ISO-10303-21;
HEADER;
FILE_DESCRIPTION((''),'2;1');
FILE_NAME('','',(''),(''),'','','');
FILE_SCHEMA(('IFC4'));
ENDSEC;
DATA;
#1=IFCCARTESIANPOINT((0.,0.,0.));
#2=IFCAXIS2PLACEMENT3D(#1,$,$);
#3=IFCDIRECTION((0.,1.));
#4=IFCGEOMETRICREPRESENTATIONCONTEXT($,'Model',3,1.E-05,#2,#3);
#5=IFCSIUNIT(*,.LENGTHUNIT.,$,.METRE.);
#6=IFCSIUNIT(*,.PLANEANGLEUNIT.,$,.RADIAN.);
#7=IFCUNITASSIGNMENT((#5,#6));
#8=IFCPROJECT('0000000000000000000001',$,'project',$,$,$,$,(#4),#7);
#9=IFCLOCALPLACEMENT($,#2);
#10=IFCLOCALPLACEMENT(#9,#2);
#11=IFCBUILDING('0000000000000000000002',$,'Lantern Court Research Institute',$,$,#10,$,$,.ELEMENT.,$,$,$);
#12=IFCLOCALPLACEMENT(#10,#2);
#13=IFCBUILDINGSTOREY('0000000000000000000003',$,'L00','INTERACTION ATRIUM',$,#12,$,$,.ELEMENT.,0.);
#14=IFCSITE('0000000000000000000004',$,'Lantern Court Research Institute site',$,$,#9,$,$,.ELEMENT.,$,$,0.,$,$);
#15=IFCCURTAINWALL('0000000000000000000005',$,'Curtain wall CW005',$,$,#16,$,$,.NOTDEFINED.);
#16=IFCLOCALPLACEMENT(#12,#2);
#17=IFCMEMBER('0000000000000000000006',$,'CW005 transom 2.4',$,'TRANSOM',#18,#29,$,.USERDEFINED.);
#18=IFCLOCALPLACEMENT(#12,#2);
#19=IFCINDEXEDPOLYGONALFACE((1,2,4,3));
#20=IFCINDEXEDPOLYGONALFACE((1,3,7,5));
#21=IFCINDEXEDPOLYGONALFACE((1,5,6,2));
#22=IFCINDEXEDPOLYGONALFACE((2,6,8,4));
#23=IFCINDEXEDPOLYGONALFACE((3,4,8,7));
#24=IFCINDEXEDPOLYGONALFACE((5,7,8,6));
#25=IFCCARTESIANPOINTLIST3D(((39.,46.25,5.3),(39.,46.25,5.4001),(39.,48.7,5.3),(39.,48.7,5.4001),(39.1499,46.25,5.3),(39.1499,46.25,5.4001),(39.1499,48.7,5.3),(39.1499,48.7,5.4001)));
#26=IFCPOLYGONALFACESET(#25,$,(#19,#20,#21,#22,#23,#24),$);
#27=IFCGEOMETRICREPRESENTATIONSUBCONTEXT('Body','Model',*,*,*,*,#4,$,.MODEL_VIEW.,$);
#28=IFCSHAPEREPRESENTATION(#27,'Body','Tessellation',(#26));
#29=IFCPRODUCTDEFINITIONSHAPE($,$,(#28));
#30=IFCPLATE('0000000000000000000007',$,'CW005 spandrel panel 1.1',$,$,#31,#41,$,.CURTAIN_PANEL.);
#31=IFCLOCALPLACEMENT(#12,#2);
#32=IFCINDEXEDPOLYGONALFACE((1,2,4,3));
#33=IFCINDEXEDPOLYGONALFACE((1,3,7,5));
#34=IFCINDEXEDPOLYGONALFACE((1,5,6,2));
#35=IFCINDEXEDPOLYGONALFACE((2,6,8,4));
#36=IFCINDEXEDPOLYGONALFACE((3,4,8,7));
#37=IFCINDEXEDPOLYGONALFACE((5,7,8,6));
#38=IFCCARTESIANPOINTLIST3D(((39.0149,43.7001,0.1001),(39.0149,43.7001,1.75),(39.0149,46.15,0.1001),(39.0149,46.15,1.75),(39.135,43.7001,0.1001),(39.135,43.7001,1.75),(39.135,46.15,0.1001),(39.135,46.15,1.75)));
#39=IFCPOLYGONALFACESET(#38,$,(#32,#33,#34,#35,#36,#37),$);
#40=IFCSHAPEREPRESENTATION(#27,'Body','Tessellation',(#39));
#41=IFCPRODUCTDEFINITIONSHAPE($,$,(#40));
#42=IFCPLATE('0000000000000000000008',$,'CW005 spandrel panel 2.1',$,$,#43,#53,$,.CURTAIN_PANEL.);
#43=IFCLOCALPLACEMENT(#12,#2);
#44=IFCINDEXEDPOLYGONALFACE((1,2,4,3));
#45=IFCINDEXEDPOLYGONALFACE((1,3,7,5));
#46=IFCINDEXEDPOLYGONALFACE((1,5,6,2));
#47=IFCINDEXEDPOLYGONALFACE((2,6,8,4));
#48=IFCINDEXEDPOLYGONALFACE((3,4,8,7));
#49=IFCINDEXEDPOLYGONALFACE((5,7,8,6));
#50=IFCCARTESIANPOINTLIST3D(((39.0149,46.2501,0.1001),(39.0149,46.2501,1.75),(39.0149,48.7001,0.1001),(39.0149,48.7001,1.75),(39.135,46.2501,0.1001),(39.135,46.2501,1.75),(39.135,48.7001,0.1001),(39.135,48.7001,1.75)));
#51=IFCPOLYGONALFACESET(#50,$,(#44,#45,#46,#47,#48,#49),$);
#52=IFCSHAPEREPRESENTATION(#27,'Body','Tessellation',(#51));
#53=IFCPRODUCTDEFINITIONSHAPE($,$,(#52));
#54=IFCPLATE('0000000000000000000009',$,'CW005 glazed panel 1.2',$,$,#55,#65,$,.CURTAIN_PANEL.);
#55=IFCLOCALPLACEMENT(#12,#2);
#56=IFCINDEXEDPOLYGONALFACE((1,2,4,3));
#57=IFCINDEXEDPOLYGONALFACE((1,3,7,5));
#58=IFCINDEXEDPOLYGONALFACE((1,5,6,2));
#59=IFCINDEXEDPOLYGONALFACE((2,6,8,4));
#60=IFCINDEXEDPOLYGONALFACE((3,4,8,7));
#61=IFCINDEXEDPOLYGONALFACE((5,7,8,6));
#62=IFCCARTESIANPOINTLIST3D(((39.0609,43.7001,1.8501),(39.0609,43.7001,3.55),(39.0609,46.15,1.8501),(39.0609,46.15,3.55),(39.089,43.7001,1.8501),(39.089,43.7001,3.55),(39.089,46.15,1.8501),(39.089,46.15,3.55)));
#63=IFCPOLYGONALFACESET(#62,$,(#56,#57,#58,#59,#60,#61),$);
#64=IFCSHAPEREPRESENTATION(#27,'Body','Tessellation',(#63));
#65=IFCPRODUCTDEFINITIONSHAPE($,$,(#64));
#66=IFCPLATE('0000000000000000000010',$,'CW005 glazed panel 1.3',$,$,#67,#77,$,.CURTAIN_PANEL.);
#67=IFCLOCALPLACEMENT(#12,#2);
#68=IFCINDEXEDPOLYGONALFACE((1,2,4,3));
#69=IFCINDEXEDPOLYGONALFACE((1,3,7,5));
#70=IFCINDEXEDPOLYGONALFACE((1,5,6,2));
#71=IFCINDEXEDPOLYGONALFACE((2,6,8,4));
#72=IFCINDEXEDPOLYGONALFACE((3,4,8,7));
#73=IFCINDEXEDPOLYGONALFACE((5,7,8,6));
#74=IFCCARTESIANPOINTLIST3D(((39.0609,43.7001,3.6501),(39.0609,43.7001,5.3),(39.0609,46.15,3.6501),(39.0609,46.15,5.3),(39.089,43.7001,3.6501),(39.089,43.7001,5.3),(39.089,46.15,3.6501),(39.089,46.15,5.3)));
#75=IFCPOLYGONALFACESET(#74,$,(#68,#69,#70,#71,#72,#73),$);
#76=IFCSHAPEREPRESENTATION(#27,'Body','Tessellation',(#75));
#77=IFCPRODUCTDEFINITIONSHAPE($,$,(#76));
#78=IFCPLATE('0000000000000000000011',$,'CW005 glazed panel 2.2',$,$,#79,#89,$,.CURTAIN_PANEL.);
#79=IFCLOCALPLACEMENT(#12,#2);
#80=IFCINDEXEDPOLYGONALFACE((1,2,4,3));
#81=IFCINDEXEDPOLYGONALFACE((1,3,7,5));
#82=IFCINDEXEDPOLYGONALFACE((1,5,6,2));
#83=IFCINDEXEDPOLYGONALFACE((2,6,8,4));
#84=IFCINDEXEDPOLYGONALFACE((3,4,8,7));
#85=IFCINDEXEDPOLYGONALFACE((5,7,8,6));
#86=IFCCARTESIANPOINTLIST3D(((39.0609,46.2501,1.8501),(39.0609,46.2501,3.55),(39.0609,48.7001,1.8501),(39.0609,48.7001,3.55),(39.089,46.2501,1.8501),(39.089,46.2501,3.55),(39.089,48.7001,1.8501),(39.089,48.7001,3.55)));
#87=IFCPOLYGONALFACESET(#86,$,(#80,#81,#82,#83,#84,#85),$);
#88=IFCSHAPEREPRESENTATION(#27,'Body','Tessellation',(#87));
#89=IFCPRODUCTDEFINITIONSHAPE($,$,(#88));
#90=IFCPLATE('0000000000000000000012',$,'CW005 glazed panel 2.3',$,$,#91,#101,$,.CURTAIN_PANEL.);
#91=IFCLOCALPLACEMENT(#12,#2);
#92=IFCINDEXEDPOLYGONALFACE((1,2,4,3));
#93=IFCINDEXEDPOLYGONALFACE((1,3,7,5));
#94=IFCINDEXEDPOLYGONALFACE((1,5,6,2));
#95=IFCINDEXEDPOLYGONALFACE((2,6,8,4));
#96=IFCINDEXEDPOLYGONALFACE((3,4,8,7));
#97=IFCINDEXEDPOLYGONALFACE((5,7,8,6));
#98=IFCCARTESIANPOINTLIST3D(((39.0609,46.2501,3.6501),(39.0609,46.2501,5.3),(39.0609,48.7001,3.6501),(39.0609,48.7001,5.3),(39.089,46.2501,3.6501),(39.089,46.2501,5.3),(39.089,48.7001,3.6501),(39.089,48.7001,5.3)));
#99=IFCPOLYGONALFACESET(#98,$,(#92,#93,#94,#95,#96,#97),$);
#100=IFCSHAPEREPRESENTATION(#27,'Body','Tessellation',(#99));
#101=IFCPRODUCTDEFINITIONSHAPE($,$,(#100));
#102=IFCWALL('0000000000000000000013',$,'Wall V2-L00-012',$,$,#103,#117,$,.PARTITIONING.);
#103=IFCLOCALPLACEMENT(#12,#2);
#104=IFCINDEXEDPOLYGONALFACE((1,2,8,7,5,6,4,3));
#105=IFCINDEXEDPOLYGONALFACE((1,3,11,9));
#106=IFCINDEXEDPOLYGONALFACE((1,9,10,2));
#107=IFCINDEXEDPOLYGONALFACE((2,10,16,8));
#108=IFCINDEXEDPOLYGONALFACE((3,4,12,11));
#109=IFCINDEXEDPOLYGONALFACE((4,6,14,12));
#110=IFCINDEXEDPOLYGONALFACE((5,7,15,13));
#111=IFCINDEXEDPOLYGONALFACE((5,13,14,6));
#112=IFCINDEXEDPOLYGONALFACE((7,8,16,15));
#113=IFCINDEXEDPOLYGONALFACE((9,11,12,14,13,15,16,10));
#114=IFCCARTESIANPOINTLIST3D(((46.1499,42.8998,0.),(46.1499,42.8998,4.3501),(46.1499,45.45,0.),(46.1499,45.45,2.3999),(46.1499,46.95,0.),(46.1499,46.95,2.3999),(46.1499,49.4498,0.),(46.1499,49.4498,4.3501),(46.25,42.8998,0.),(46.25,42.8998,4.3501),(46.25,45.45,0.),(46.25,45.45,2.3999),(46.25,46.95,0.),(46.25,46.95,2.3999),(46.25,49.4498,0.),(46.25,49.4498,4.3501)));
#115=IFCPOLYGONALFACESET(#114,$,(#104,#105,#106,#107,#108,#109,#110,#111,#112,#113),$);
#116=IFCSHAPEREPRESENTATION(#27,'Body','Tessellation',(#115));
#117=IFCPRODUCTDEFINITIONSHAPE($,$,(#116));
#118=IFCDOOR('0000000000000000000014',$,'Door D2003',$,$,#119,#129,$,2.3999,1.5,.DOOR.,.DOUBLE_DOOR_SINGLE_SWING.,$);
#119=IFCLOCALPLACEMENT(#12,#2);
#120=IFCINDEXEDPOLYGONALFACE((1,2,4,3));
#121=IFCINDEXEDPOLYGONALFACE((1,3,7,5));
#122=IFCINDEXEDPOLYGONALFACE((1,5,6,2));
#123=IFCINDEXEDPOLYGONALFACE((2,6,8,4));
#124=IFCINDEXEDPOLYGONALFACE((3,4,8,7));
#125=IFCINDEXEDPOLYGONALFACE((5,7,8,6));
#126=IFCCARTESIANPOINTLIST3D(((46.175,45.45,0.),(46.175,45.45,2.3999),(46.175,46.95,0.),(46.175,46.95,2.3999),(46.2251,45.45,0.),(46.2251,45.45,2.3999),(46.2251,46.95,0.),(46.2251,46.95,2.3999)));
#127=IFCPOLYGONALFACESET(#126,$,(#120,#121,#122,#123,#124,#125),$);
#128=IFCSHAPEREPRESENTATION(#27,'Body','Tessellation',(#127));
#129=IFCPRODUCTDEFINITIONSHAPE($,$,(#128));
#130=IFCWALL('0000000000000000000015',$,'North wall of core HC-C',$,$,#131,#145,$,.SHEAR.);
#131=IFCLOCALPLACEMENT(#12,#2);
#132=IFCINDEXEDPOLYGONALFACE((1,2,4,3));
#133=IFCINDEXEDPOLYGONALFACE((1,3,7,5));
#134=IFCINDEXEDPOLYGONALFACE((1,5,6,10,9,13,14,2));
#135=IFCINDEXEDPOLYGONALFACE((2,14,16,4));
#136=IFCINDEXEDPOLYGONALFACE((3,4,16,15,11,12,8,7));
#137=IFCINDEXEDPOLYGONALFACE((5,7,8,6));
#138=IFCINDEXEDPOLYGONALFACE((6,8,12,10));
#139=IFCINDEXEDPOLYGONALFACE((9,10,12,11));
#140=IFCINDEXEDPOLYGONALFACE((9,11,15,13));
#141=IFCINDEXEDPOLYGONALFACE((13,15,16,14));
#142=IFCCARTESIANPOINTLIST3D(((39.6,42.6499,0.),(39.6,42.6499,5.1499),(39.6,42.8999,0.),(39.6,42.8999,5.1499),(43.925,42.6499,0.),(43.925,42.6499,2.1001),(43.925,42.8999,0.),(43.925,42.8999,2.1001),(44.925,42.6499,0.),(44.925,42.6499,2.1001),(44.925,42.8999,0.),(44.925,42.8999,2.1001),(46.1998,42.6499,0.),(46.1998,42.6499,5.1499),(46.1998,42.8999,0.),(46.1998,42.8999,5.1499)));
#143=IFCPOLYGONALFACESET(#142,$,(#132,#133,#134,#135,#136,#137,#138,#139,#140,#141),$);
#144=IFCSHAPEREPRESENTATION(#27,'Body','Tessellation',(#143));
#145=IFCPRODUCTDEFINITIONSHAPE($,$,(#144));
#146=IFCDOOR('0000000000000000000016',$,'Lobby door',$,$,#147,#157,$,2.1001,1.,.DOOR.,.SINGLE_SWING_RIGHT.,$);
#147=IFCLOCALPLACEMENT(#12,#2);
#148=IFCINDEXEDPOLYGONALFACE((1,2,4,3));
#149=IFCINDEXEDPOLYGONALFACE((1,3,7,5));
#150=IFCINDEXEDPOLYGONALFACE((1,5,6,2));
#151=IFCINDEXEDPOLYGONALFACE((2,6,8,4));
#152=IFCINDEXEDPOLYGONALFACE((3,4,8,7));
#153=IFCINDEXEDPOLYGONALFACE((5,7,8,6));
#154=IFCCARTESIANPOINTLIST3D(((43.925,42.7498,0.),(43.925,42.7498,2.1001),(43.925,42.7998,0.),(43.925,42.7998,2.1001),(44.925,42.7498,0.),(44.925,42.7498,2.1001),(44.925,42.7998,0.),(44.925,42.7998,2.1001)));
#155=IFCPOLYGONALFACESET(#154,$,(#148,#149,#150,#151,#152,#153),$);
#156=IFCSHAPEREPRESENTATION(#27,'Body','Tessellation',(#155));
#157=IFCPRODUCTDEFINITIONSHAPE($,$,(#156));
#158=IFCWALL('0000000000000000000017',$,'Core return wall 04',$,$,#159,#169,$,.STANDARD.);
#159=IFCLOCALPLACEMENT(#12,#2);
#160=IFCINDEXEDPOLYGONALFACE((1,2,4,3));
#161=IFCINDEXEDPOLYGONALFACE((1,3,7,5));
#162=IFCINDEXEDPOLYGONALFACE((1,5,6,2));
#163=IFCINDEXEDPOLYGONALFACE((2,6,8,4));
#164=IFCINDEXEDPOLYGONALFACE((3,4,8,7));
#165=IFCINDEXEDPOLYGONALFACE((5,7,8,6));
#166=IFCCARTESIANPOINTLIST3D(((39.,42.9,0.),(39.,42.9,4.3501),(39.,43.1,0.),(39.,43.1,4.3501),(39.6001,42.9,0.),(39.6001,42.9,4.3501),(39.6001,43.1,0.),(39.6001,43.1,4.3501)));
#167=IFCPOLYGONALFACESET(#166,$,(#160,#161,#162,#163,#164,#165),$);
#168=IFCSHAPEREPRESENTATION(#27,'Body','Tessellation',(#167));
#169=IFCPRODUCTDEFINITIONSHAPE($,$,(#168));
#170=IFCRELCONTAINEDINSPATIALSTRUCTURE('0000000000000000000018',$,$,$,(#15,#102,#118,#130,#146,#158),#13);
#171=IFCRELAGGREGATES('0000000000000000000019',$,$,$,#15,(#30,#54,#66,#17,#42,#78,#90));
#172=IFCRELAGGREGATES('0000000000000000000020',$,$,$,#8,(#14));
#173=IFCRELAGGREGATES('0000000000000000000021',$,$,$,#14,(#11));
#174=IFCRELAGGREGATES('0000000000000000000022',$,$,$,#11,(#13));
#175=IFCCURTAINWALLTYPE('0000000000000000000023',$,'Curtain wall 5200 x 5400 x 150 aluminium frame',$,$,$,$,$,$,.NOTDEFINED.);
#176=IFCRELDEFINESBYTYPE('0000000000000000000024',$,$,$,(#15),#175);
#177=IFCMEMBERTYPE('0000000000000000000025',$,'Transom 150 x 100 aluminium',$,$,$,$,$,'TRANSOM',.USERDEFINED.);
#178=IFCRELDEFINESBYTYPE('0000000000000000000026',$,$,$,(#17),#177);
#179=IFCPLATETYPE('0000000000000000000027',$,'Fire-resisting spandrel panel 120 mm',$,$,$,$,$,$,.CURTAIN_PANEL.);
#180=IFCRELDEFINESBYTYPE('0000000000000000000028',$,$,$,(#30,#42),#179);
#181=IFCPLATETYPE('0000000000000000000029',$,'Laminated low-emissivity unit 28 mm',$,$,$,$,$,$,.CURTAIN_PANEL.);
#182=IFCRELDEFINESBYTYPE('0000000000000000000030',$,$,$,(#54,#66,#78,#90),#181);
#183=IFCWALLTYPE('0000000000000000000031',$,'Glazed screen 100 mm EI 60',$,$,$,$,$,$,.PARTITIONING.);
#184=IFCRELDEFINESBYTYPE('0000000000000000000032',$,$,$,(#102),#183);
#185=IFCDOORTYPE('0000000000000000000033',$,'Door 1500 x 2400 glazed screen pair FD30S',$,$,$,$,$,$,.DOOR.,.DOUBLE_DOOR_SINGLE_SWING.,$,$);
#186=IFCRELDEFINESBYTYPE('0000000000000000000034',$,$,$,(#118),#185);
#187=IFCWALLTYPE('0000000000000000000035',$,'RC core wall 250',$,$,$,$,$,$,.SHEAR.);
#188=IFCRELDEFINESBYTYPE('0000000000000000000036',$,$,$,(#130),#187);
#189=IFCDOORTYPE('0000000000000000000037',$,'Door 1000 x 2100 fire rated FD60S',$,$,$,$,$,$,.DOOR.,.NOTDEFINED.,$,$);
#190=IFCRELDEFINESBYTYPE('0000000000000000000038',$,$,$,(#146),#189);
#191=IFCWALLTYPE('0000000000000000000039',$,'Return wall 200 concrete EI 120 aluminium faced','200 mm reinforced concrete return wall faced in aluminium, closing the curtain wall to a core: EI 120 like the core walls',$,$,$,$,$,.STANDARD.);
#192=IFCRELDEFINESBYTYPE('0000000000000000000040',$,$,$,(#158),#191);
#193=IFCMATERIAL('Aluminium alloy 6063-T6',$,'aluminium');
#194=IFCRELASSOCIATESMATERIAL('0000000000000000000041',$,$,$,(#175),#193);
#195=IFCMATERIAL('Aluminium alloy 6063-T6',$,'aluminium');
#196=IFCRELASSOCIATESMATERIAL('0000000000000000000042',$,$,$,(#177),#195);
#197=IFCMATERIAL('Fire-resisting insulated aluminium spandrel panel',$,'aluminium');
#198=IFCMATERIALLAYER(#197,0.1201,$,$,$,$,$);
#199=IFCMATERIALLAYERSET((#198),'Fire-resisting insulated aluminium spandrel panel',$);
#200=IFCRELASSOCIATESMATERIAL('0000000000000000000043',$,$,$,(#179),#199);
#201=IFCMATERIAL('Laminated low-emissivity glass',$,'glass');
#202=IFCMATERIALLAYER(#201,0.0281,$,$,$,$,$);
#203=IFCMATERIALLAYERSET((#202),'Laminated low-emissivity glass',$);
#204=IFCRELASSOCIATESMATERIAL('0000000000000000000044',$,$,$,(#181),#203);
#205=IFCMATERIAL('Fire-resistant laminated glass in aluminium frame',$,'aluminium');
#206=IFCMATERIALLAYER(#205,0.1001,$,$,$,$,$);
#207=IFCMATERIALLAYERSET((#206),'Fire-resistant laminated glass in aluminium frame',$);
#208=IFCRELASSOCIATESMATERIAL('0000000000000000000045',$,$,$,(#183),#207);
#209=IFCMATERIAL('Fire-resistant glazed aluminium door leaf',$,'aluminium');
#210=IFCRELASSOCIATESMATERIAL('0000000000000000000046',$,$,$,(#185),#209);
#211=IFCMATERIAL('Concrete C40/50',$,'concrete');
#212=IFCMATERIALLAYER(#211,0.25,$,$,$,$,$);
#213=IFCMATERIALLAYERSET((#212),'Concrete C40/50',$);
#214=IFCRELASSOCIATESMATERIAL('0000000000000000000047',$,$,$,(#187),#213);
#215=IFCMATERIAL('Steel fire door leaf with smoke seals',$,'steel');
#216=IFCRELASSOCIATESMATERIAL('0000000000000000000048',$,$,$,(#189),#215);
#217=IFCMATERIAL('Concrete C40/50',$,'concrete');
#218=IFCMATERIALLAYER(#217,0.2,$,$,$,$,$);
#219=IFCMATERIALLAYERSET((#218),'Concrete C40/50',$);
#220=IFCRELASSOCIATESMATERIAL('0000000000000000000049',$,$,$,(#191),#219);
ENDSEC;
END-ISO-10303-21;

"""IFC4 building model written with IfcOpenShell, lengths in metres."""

from ifc_helpers import new_model, si_unit, direction, frame, frame_2d, origin, origin_2d, place, context, subcontext, project, spatial, rectangle, extrude, material, layer, layer_set, material_profile, profile_set, type_object, element, fill, aggregate, save


model = new_model("IFC4")

# Units and contexts
model_context = context("Model", 3, precision=1e-05, world=origin(), true_north=direction((0.0, 1.0)))
body_context = subcontext(model_context, "Body", "Model", "MODEL_VIEW")
ifc_project = project(units=[si_unit("LENGTHUNIT", "METRE"), si_unit("PLANEANGLEUNIT", "RADIAN")], contexts=[model_context])

# Site, building, storey
site_placement = place(None, origin())
site = spatial("IfcSite", under=ifc_project, at=site_placement, Name="Lantern Court Research Institute site", CompositionType="ELEMENT", RefElevation=0.0)
building_placement = place(site_placement, origin())
building = spatial("IfcBuilding", under=site, at=building_placement, Name="Lantern Court Research Institute", CompositionType="ELEMENT")
storey_placement = place(building_placement, origin())
storey = spatial("IfcBuildingStorey", under=building, at=storey_placement, Name="L00", Description="INTERACTION ATRIUM", CompositionType="ELEMENT", Elevation=0.0)

# Curtain wall, member, plates
ifc_material_1 = material(Name="Aluminium alloy 6063-T6", Category="aluminium")
curtain_wall_type = type_object("IfcCurtainWallType", Name="Curtain wall 5200 x 5400 x 150 aluminium frame", PredefinedType="NOTDEFINED", material=ifc_material_1)
curtain_wall_placement = place(storey_placement, origin())
curtain_wall = element("IfcCurtainWall", 1, at=curtain_wall_placement, inside=storey, type_object=curtain_wall_type, Name="Curtain wall CW005", PredefinedType="NOTDEFINED")
ifc_material_2 = material(Name="Aluminium alloy 6063-T6", Category="aluminium")
ifc_material_profile_1 = material_profile(ifc_material_2, rectangle(XDim=0.1499, YDim=0.1001, at=origin_2d()), Name="Transom 150 x 100")
ifc_profile_set_1 = profile_set([ifc_material_profile_1], Name="Aluminium alloy 6063-T6")
member_type_1 = type_object("IfcMemberType", Name="Transom 150 x 100 aluminium", ElementType="TRANSOM", PredefinedType="USERDEFINED", material=ifc_profile_set_1)
member_1_placement = place(storey_placement, frame((39.075, 46.25, 5.3501), z_axis=(0.0, 1.0, 0.0), x_axis=(-1.0, 0.0, 0.0)))
member_1 = element("IfcMember", 2, at=member_1_placement, type_object=member_type_1, Name="CW005 transom 2.4", ObjectType="TRANSOM", PredefinedType="USERDEFINED", context=body_context, shape_type="SweptSolid", body=[
    extrude(rectangle(XDim=0.1499, YDim=0.1001, at=origin_2d()), origin(), (0.0, 0.0, 1.0), 2.45),
])
ifc_material_3 = material(Name="Fire-resisting insulated aluminium spandrel panel", Category="aluminium")
ifc_layer_1 = layer(ifc_material_3, 0.1201)
ifc_layer_set_1 = layer_set([ifc_layer_1], Name="Fire-resisting insulated aluminium spandrel panel")
plate_type_1 = type_object("IfcPlateType", Name="Fire-resisting spandrel panel 120 mm", PredefinedType="CURTAIN_PANEL", material=ifc_layer_set_1)
plate_1_placement = place(storey_placement, frame((39.075, 44.925, 0.1001), z_axis=(0.0, 0.0, 1.0), x_axis=(0.0, 1.0, 0.0)))
plate_1 = element("IfcPlate", 3, at=plate_1_placement, type_object=plate_type_1, Name="CW005 spandrel panel 1.1", PredefinedType="CURTAIN_PANEL", context=body_context, shape_type="SweptSolid", body=[
    extrude(rectangle(XDim=2.45, YDim=0.1201, at=origin_2d()), origin(), (0.0, 0.0, 1.0), 1.6499),
])
plate_2_placement = place(storey_placement, frame((39.075, 47.4751, 0.1001), z_axis=(0.0, 0.0, 1.0), x_axis=(0.0, 1.0, 0.0)))
plate_2 = element("IfcPlate", 4, at=plate_2_placement, type_object=plate_type_1, Name="CW005 spandrel panel 2.1", PredefinedType="CURTAIN_PANEL", context=body_context, shape_type="SweptSolid", body=[
    extrude(rectangle(XDim=2.45, YDim=0.1201, at=origin_2d()), origin(), (0.0, 0.0, 1.0), 1.6499),
])
ifc_material_4 = material(Name="Laminated low-emissivity glass", Category="glass")
ifc_layer_2 = layer(ifc_material_4, 0.0281)
ifc_layer_set_2 = layer_set([ifc_layer_2], Name="Laminated low-emissivity glass")
plate_type_2 = type_object("IfcPlateType", Name="Laminated low-emissivity unit 28 mm", PredefinedType="CURTAIN_PANEL", material=ifc_layer_set_2)
plate_3_placement = place(storey_placement, frame((39.075, 44.925, 1.8501), z_axis=(0.0, 0.0, 1.0), x_axis=(0.0, 1.0, 0.0)))
plate_3 = element("IfcPlate", 5, at=plate_3_placement, type_object=plate_type_2, Name="CW005 glazed panel 1.2", PredefinedType="CURTAIN_PANEL", context=body_context, shape_type="SweptSolid", body=[
    extrude(rectangle(XDim=2.45, YDim=0.0281, at=origin_2d()), origin(), (0.0, 0.0, 1.0), 1.7),
])
plate_4_placement = place(storey_placement, frame((39.075, 44.925, 3.6501), z_axis=(0.0, 0.0, 1.0), x_axis=(0.0, 1.0, 0.0)))
plate_4 = element("IfcPlate", 6, at=plate_4_placement, type_object=plate_type_2, Name="CW005 glazed panel 1.3", PredefinedType="CURTAIN_PANEL", context=body_context, shape_type="SweptSolid", body=[
    extrude(rectangle(XDim=2.45, YDim=0.0281, at=origin_2d()), origin(), (0.0, 0.0, 1.0), 1.6499),
])
plate_5_placement = place(storey_placement, frame((39.075, 47.4751, 1.8501), z_axis=(0.0, 0.0, 1.0), x_axis=(0.0, 1.0, 0.0)))
plate_5 = element("IfcPlate", 7, at=plate_5_placement, type_object=plate_type_2, Name="CW005 glazed panel 2.2", PredefinedType="CURTAIN_PANEL", context=body_context, shape_type="SweptSolid", body=[
    extrude(rectangle(XDim=2.45, YDim=0.0281, at=origin_2d()), origin(), (0.0, 0.0, 1.0), 1.7),
])
plate_6_placement = place(storey_placement, frame((39.075, 47.4751, 3.6501), z_axis=(0.0, 0.0, 1.0), x_axis=(0.0, 1.0, 0.0)))
plate_6 = element("IfcPlate", 8, at=plate_6_placement, type_object=plate_type_2, Name="CW005 glazed panel 2.3", PredefinedType="CURTAIN_PANEL", context=body_context, shape_type="SweptSolid", body=[
    extrude(rectangle(XDim=2.45, YDim=0.0281, at=origin_2d()), origin(), (0.0, 0.0, 1.0), 1.6499),
])
aggregate(curtain_wall, [plate_1, plate_3, plate_4, member_1, plate_2, plate_5, plate_6])

# Walls, openings, doors
ifc_material_5 = material(Name="Fire-resistant laminated glass in aluminium frame", Category="aluminium")
ifc_layer_3 = layer(ifc_material_5, 0.1001)
ifc_layer_set_3 = layer_set([ifc_layer_3], Name="Fire-resistant laminated glass in aluminium frame")
wall_type_1 = type_object("IfcWallType", Name="Glazed screen 100 mm EI 60", PredefinedType="PARTITIONING", material=ifc_layer_set_3)
wall_1_placement = place(storey_placement, frame((46.2, 42.8999, 0.0), z_axis=(0.0, 0.0, 1.0), x_axis=(0.0, 1.0, 0.0)))
wall_1 = element("IfcWall", 9, at=wall_1_placement, inside=storey, type_object=wall_type_1, Name="Wall V2-L00-012", PredefinedType="PARTITIONING", context=body_context, shape_type="SweptSolid", body=[
    extrude(rectangle(XDim=6.55, YDim=0.1001, at=frame_2d((3.2749, 0.0))), origin(), (0.0, 0.0, 1.0), 4.3501),
])
opening_1_placement = place(wall_1_placement, frame((2.55, 0.0, 0.0)))
opening_1 = element("IfcOpeningElement", 10, at=opening_1_placement, cuts=wall_1, PredefinedType="OPENING", context=body_context, shape_type="SweptSolid", body=[
    extrude(rectangle(XDim=1.5, YDim=2.3999, at=frame_2d((0.75, 1.2))), frame((0.0, 0.0601, 0.0), z_axis=(0.0, -1.0, 0.0), x_axis=(1.0, 0.0, 0.0)), (0.0, 0.0, 1.0), 0.1201),
])
ifc_material_6 = material(Name="Fire-resistant glazed aluminium door leaf", Category="aluminium")
door_type_1 = type_object("IfcDoorType", Name="Door 1500 x 2400 glazed screen pair FD30S", OperationType="DOUBLE_DOOR_SINGLE_SWING", PredefinedType="DOOR", material=ifc_material_6)
door_1_placement = place(opening_1_placement, origin())
door_1 = element("IfcDoor", 11, at=door_1_placement, inside=storey, type_object=door_type_1, Name="Door D2003", OperationType="DOUBLE_DOOR_SINGLE_SWING", OverallHeight=2.3999, OverallWidth=1.5, PredefinedType="DOOR", context=body_context, shape_type="SweptSolid", body=[
    extrude(rectangle(XDim=1.5, YDim=2.3999, at=frame_2d((0.75, 1.2))), frame((0.0, 0.0249, 0.0), z_axis=(0.0, -1.0, 0.0), x_axis=(1.0, 0.0, 0.0)), (0.0, 0.0, 1.0), 0.05),
])
fill(opening_1, door_1)
ifc_material_7 = material(Name="Concrete C40/50", Category="concrete")
ifc_layer_4 = layer(ifc_material_7, 0.25)
ifc_layer_set_4 = layer_set([ifc_layer_4], Name="Concrete C40/50")
wall_type_2 = type_object("IfcWallType", Name="RC core wall 250", PredefinedType="SHEAR", material=ifc_layer_set_4)
wall_2_placement = place(storey_placement, frame((39.6001, 42.7749, 0.0), z_axis=(0.0, 0.0, 1.0), x_axis=(1.0, 0.0, 0.0)))
wall_2 = element("IfcWall", 12, at=wall_2_placement, inside=storey, type_object=wall_type_2, Name="North wall of core HC-C", PredefinedType="SHEAR", context=body_context, shape_type="SweptSolid", body=[
    extrude(rectangle(XDim=6.5999, YDim=0.25, at=frame_2d((3.2998, 0.0))), origin(), (0.0, 0.0, 1.0), 5.1499),
])
opening_2_placement = place(wall_2_placement, frame((4.325, 0.0, 0.0)))
opening_2 = element("IfcOpeningElement", 13, at=opening_2_placement, cuts=wall_2, PredefinedType="OPENING", context=body_context, shape_type="SweptSolid", body=[
    extrude(rectangle(XDim=1.0, YDim=2.1001, at=frame_2d((0.5, 1.05))), frame((0.0, 0.135, 0.0), z_axis=(0.0, -1.0, 0.0), x_axis=(1.0, 0.0, 0.0)), (0.0, 0.0, 1.0), 0.27),
])
ifc_material_8 = material(Name="Steel fire door leaf with smoke seals", Category="steel")
door_type_2 = type_object("IfcDoorType", Name="Door 1000 x 2100 fire rated FD60S", OperationType="NOTDEFINED", PredefinedType="DOOR", material=ifc_material_8)
door_2_placement = place(opening_2_placement, origin())
door_2 = element("IfcDoor", 14, at=door_2_placement, inside=storey, type_object=door_type_2, Name="Lobby door", OperationType="SINGLE_SWING_RIGHT", OverallHeight=2.1001, OverallWidth=1.0, PredefinedType="DOOR", context=body_context, shape_type="SweptSolid", body=[
    extrude(rectangle(XDim=1.0, YDim=2.1001, at=frame_2d((0.5, 1.05))), frame((0.0, 0.0249, 0.0), z_axis=(0.0, -1.0, 0.0), x_axis=(1.0, 0.0, 0.0)), (0.0, 0.0, 1.0), 0.05),
])
fill(opening_2, door_2)

# Wall
ifc_material_9 = material(Name="Concrete C40/50", Category="concrete")
ifc_layer_5 = layer(ifc_material_9, 0.2)
ifc_layer_set_5 = layer_set([ifc_layer_5], Name="Concrete C40/50")
wall_type_3 = type_object("IfcWallType", Name="Return wall 200 concrete EI 120 aluminium faced", Description="200 mm reinforced concrete return wall faced in aluminium, closing the curtain wall to a core: EI 120 like the core walls", PredefinedType="STANDARD", material=ifc_layer_set_5)
wall_3_placement = place(storey_placement, frame((39.6001, 43.0, 0.0), z_axis=(0.0, 0.0, 1.0), x_axis=(-1.0, 0.0, 0.0)))
element("IfcWall", 15, at=wall_3_placement, inside=storey, type_object=wall_type_3, Name="Core return wall 04", PredefinedType="STANDARD", context=body_context, shape_type="SweptSolid", body=[
    extrude(rectangle(XDim=0.6001, YDim=0.2, at=frame_2d((0.3, 0.0))), origin(), (0.0, 0.0, 1.0), 4.3501),
])

save(model, "model.ifc")
